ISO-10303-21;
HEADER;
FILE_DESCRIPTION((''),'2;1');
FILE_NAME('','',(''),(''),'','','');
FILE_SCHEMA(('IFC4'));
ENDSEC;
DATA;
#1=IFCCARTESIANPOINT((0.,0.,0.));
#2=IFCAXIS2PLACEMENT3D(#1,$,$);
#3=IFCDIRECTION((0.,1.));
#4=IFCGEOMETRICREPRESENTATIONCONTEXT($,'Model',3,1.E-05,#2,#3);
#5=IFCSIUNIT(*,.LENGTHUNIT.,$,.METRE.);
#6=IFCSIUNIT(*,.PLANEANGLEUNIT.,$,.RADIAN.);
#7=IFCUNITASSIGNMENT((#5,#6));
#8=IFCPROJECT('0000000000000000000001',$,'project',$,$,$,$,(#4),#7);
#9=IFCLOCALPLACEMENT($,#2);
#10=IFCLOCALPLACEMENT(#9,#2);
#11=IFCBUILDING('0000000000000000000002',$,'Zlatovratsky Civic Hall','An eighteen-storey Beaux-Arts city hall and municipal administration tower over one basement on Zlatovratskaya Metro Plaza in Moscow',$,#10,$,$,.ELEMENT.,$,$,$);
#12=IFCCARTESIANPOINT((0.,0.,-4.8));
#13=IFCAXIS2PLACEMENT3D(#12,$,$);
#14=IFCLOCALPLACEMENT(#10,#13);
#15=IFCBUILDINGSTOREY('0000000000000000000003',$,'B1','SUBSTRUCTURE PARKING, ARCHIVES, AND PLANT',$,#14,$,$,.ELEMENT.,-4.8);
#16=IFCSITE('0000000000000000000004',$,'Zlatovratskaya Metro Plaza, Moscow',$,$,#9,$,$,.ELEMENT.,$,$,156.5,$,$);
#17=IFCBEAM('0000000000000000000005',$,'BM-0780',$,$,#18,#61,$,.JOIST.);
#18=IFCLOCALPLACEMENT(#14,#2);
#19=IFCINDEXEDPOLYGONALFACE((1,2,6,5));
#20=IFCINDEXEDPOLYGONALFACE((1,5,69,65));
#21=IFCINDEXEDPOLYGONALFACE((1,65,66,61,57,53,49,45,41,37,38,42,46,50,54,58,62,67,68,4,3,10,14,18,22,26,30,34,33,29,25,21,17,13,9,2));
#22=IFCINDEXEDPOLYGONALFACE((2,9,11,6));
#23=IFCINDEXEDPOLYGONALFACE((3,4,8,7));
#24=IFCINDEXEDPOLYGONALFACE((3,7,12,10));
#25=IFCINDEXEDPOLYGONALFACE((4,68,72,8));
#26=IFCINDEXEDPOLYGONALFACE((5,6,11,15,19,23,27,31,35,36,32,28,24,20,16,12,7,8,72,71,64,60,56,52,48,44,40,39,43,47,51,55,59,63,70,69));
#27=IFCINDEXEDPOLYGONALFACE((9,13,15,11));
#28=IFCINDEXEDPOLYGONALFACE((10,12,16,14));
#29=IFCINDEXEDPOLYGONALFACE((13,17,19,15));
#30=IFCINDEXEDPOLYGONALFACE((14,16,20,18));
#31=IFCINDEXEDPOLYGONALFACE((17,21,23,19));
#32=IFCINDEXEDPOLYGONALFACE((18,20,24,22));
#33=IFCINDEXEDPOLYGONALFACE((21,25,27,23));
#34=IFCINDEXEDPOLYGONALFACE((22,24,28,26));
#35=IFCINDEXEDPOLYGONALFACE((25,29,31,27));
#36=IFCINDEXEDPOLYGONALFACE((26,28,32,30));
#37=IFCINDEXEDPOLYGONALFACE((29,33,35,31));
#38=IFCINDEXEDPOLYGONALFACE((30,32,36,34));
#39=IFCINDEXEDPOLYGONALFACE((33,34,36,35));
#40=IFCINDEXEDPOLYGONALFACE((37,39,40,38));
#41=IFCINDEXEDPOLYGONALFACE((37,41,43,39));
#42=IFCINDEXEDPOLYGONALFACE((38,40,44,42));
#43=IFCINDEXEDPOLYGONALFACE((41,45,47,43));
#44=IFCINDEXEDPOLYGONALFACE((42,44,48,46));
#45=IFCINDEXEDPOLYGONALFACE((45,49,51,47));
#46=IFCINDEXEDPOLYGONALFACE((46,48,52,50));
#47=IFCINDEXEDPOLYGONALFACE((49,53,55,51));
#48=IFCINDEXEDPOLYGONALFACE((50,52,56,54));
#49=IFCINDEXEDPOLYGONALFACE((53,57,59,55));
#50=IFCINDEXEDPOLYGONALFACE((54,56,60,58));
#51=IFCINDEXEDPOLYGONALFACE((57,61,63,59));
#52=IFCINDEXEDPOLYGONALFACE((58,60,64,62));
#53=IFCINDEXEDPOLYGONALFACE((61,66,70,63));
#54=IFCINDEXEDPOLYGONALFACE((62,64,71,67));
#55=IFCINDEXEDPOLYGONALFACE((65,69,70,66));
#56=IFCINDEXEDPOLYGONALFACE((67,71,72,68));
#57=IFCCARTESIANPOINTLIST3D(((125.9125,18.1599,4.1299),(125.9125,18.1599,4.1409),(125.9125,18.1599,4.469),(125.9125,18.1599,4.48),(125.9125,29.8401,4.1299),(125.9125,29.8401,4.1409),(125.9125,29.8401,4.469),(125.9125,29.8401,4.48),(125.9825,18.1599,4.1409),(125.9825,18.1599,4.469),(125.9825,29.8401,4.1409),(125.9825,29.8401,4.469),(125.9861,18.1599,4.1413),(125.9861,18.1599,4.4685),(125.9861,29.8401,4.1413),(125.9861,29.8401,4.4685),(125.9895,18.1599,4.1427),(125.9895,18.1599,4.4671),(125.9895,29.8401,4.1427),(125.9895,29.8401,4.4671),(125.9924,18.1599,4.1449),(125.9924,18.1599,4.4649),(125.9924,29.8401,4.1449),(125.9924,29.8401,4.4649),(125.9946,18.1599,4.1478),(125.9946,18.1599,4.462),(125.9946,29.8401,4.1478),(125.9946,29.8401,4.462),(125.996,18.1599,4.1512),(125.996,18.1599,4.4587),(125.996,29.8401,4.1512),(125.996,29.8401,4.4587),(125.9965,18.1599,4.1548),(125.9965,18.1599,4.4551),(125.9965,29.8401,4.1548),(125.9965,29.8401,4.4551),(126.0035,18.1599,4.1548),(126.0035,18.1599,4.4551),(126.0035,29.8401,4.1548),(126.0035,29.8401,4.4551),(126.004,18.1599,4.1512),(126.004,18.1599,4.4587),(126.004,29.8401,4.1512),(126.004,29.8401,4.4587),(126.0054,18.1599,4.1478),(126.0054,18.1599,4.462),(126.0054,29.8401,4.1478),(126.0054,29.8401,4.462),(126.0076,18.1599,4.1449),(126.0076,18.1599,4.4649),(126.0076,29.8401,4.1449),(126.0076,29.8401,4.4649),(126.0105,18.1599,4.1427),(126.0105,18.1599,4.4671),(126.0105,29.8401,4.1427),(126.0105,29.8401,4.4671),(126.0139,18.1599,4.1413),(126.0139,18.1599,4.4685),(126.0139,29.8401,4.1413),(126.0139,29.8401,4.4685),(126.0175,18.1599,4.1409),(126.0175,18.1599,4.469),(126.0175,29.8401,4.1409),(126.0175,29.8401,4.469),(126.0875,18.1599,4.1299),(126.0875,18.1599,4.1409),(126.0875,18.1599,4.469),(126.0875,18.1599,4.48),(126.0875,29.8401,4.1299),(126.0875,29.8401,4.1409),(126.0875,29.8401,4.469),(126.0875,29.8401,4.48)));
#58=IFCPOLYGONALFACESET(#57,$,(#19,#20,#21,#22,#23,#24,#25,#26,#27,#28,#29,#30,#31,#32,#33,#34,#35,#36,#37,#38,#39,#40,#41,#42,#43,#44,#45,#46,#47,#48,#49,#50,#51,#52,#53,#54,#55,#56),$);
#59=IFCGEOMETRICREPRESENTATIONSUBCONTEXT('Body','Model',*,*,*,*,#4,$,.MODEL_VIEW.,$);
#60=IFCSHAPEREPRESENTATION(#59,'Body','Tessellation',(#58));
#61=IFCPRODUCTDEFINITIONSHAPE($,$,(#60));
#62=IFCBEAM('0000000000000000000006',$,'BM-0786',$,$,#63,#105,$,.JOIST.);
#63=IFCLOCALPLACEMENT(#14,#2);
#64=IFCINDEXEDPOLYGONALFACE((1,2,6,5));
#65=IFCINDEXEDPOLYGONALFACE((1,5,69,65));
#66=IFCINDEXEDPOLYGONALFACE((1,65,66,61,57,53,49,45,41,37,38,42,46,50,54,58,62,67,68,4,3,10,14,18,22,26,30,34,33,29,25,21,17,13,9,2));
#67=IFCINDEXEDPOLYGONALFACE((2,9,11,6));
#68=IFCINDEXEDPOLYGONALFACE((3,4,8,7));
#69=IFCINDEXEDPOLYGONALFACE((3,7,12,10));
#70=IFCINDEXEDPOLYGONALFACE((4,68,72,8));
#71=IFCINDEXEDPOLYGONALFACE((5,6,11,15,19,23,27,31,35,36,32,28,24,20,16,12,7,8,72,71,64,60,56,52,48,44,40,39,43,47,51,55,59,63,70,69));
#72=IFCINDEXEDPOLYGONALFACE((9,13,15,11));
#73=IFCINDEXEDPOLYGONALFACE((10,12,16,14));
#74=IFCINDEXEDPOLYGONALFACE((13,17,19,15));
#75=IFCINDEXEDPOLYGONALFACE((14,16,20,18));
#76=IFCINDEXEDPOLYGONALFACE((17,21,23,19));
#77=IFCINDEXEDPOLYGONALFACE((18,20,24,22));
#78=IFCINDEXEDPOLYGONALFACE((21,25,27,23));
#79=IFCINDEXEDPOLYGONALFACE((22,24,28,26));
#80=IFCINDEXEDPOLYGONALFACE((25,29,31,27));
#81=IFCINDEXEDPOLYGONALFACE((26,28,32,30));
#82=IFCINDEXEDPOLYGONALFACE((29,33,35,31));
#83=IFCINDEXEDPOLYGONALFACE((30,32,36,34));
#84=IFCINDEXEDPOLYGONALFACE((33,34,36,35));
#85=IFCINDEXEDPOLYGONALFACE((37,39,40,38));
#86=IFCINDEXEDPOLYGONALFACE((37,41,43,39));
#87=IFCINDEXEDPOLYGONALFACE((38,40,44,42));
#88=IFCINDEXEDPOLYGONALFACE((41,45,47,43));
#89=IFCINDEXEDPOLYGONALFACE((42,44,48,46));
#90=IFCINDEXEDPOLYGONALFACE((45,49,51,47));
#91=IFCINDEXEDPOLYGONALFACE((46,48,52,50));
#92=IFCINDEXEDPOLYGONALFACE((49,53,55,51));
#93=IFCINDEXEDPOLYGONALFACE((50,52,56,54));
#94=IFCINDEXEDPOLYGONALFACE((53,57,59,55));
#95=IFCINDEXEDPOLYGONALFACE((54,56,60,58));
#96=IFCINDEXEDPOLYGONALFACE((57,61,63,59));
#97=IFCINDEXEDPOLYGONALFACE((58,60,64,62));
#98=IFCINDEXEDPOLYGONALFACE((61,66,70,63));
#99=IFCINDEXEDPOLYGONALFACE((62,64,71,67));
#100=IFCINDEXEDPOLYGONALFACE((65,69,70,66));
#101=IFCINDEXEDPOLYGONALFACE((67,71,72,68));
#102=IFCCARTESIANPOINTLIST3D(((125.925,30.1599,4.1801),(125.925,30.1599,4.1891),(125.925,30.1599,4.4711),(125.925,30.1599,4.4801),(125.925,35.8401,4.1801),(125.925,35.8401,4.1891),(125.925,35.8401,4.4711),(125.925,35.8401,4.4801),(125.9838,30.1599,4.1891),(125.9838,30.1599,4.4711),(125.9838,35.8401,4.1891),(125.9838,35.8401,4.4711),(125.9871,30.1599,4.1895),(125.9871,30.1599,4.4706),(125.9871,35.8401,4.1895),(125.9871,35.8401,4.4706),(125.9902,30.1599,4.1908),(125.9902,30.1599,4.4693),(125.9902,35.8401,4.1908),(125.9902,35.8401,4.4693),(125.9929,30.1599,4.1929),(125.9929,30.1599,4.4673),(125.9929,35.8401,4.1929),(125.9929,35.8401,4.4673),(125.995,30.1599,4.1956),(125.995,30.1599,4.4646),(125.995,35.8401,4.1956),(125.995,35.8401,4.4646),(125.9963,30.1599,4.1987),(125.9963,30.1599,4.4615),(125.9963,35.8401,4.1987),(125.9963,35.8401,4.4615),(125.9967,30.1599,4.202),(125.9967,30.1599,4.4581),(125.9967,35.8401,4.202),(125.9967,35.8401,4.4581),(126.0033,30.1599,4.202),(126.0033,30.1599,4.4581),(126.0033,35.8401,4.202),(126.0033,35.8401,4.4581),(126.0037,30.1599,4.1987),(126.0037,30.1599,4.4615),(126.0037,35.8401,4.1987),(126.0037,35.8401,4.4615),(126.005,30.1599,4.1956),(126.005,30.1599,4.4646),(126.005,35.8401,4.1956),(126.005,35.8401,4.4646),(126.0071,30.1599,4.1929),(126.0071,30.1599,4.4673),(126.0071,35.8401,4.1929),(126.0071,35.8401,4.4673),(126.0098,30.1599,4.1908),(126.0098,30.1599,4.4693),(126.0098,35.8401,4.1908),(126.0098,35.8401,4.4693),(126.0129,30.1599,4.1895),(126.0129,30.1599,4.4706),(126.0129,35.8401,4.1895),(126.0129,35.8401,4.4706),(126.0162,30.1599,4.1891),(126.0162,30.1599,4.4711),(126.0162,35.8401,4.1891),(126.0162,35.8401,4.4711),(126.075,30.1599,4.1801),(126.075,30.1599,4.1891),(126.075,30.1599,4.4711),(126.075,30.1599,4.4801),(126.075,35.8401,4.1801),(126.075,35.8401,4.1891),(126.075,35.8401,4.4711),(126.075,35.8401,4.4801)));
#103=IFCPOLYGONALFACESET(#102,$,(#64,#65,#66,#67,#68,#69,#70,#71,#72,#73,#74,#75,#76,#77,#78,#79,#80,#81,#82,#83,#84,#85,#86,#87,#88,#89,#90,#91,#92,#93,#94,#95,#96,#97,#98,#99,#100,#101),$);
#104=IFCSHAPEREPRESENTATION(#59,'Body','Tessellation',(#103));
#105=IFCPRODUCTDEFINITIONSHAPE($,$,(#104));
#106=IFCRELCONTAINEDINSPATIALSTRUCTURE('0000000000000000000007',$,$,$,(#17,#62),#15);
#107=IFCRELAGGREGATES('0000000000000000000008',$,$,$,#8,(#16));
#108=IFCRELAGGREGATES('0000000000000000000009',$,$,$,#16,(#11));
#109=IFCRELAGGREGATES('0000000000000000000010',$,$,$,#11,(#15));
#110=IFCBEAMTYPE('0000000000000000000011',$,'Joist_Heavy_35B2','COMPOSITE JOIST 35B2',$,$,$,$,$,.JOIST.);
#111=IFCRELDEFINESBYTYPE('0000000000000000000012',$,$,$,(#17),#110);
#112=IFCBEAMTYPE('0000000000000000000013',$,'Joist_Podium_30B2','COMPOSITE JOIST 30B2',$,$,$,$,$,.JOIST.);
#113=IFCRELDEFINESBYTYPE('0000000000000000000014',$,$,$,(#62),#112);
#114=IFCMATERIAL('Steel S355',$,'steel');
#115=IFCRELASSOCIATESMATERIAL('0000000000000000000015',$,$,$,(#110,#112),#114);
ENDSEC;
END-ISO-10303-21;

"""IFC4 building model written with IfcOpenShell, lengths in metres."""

from ifc_helpers import new_model, si_unit, direction, frame, origin, origin_2d, place, context, subcontext, project, spatial, i_section, extrude, material, material_profile, profile_set, type_object, element, save


model = new_model("IFC4")

# Units and contexts
model_context = context("Model", 3, precision=1e-05, world=origin(), true_north=direction((0.0, 1.0)))
body_context = subcontext(model_context, "Body", "Model", "MODEL_VIEW")
ifc_project = project(units=[si_unit("LENGTHUNIT", "METRE"), si_unit("PLANEANGLEUNIT", "RADIAN")], contexts=[model_context])

# Site, building, storey
site_placement = place(None, origin())
site = spatial("IfcSite", under=ifc_project, at=site_placement, Name="Zlatovratskaya Metro Plaza, Moscow", CompositionType="ELEMENT", RefElevation=156.5)
building_placement = place(site_placement, origin())
building = spatial("IfcBuilding", under=site, at=building_placement, Name="Zlatovratsky Civic Hall", Description="An eighteen-storey Beaux-Arts city hall and municipal administration tower over one basement on Zlatovratskaya Metro Plaza in Moscow", CompositionType="ELEMENT")
storey_placement = place(building_placement, frame((0.0, 0.0, -4.8)))
storey = spatial("IfcBuildingStorey", under=building, at=storey_placement, Name="B1", Description="SUBSTRUCTURE PARKING, ARCHIVES, AND PLANT", CompositionType="ELEMENT", Elevation=-4.8)

# Shared definitions
ifc_material_1 = material(Name="Steel S355", Category="steel")

# Beams
ifc_material_profile_1 = material_profile(ifc_material_1, i_section(OverallWidth=0.175, OverallDepth=0.3501, WebThickness=0.0071, FlangeThickness=0.011, FilletRadius=0.0139, at=origin_2d()), Name="35B2")
ifc_profile_set_1 = profile_set([ifc_material_profile_1], Name="Steel S355")
beam_type_1 = type_object("IfcBeamType", Name="Joist_Heavy_35B2", Description="COMPOSITE JOIST 35B2", PredefinedType="JOIST", material=ifc_profile_set_1)
beam_1_placement = place(storey_placement, frame((126.0, 18.1599, 4.3049), z_axis=(0.0, 1.0, 0.0), x_axis=(-1.0, 0.0, 0.0)))
element("IfcBeam", 1, at=beam_1_placement, inside=storey, type_object=beam_type_1, Name="BM-0780", PredefinedType="JOIST", context=body_context, shape_type="SweptSolid", body=[
    extrude(i_section(OverallWidth=0.175, OverallDepth=0.3501, WebThickness=0.0071, FlangeThickness=0.011, FilletRadius=0.0139, at=origin_2d()), origin(), (0.0, 0.0, 1.0), 11.6802),
])
ifc_material_profile_2 = material_profile(ifc_material_1, i_section(OverallWidth=0.1499, OverallDepth=0.3, WebThickness=0.0066, FlangeThickness=0.009, FilletRadius=0.0129, at=origin_2d()), Name="30B2")
ifc_profile_set_2 = profile_set([ifc_material_profile_2], Name="Steel S355")
beam_type_2 = type_object("IfcBeamType", Name="Joist_Podium_30B2", Description="COMPOSITE JOIST 30B2", PredefinedType="JOIST", material=ifc_profile_set_2)
beam_2_placement = place(storey_placement, frame((126.0, 30.1599, 4.3301), z_axis=(0.0, 1.0, 0.0), x_axis=(-1.0, 0.0, 0.0)))
element("IfcBeam", 2, at=beam_2_placement, inside=storey, type_object=beam_type_2, Name="BM-0786", PredefinedType="JOIST", context=body_context, shape_type="SweptSolid", body=[
    extrude(i_section(OverallWidth=0.1499, OverallDepth=0.3, WebThickness=0.0066, FlangeThickness=0.009, FilletRadius=0.0129, at=origin_2d()), origin(), (0.0, 0.0, 1.0), 5.6802),
])

save(model, "model.ifc")
